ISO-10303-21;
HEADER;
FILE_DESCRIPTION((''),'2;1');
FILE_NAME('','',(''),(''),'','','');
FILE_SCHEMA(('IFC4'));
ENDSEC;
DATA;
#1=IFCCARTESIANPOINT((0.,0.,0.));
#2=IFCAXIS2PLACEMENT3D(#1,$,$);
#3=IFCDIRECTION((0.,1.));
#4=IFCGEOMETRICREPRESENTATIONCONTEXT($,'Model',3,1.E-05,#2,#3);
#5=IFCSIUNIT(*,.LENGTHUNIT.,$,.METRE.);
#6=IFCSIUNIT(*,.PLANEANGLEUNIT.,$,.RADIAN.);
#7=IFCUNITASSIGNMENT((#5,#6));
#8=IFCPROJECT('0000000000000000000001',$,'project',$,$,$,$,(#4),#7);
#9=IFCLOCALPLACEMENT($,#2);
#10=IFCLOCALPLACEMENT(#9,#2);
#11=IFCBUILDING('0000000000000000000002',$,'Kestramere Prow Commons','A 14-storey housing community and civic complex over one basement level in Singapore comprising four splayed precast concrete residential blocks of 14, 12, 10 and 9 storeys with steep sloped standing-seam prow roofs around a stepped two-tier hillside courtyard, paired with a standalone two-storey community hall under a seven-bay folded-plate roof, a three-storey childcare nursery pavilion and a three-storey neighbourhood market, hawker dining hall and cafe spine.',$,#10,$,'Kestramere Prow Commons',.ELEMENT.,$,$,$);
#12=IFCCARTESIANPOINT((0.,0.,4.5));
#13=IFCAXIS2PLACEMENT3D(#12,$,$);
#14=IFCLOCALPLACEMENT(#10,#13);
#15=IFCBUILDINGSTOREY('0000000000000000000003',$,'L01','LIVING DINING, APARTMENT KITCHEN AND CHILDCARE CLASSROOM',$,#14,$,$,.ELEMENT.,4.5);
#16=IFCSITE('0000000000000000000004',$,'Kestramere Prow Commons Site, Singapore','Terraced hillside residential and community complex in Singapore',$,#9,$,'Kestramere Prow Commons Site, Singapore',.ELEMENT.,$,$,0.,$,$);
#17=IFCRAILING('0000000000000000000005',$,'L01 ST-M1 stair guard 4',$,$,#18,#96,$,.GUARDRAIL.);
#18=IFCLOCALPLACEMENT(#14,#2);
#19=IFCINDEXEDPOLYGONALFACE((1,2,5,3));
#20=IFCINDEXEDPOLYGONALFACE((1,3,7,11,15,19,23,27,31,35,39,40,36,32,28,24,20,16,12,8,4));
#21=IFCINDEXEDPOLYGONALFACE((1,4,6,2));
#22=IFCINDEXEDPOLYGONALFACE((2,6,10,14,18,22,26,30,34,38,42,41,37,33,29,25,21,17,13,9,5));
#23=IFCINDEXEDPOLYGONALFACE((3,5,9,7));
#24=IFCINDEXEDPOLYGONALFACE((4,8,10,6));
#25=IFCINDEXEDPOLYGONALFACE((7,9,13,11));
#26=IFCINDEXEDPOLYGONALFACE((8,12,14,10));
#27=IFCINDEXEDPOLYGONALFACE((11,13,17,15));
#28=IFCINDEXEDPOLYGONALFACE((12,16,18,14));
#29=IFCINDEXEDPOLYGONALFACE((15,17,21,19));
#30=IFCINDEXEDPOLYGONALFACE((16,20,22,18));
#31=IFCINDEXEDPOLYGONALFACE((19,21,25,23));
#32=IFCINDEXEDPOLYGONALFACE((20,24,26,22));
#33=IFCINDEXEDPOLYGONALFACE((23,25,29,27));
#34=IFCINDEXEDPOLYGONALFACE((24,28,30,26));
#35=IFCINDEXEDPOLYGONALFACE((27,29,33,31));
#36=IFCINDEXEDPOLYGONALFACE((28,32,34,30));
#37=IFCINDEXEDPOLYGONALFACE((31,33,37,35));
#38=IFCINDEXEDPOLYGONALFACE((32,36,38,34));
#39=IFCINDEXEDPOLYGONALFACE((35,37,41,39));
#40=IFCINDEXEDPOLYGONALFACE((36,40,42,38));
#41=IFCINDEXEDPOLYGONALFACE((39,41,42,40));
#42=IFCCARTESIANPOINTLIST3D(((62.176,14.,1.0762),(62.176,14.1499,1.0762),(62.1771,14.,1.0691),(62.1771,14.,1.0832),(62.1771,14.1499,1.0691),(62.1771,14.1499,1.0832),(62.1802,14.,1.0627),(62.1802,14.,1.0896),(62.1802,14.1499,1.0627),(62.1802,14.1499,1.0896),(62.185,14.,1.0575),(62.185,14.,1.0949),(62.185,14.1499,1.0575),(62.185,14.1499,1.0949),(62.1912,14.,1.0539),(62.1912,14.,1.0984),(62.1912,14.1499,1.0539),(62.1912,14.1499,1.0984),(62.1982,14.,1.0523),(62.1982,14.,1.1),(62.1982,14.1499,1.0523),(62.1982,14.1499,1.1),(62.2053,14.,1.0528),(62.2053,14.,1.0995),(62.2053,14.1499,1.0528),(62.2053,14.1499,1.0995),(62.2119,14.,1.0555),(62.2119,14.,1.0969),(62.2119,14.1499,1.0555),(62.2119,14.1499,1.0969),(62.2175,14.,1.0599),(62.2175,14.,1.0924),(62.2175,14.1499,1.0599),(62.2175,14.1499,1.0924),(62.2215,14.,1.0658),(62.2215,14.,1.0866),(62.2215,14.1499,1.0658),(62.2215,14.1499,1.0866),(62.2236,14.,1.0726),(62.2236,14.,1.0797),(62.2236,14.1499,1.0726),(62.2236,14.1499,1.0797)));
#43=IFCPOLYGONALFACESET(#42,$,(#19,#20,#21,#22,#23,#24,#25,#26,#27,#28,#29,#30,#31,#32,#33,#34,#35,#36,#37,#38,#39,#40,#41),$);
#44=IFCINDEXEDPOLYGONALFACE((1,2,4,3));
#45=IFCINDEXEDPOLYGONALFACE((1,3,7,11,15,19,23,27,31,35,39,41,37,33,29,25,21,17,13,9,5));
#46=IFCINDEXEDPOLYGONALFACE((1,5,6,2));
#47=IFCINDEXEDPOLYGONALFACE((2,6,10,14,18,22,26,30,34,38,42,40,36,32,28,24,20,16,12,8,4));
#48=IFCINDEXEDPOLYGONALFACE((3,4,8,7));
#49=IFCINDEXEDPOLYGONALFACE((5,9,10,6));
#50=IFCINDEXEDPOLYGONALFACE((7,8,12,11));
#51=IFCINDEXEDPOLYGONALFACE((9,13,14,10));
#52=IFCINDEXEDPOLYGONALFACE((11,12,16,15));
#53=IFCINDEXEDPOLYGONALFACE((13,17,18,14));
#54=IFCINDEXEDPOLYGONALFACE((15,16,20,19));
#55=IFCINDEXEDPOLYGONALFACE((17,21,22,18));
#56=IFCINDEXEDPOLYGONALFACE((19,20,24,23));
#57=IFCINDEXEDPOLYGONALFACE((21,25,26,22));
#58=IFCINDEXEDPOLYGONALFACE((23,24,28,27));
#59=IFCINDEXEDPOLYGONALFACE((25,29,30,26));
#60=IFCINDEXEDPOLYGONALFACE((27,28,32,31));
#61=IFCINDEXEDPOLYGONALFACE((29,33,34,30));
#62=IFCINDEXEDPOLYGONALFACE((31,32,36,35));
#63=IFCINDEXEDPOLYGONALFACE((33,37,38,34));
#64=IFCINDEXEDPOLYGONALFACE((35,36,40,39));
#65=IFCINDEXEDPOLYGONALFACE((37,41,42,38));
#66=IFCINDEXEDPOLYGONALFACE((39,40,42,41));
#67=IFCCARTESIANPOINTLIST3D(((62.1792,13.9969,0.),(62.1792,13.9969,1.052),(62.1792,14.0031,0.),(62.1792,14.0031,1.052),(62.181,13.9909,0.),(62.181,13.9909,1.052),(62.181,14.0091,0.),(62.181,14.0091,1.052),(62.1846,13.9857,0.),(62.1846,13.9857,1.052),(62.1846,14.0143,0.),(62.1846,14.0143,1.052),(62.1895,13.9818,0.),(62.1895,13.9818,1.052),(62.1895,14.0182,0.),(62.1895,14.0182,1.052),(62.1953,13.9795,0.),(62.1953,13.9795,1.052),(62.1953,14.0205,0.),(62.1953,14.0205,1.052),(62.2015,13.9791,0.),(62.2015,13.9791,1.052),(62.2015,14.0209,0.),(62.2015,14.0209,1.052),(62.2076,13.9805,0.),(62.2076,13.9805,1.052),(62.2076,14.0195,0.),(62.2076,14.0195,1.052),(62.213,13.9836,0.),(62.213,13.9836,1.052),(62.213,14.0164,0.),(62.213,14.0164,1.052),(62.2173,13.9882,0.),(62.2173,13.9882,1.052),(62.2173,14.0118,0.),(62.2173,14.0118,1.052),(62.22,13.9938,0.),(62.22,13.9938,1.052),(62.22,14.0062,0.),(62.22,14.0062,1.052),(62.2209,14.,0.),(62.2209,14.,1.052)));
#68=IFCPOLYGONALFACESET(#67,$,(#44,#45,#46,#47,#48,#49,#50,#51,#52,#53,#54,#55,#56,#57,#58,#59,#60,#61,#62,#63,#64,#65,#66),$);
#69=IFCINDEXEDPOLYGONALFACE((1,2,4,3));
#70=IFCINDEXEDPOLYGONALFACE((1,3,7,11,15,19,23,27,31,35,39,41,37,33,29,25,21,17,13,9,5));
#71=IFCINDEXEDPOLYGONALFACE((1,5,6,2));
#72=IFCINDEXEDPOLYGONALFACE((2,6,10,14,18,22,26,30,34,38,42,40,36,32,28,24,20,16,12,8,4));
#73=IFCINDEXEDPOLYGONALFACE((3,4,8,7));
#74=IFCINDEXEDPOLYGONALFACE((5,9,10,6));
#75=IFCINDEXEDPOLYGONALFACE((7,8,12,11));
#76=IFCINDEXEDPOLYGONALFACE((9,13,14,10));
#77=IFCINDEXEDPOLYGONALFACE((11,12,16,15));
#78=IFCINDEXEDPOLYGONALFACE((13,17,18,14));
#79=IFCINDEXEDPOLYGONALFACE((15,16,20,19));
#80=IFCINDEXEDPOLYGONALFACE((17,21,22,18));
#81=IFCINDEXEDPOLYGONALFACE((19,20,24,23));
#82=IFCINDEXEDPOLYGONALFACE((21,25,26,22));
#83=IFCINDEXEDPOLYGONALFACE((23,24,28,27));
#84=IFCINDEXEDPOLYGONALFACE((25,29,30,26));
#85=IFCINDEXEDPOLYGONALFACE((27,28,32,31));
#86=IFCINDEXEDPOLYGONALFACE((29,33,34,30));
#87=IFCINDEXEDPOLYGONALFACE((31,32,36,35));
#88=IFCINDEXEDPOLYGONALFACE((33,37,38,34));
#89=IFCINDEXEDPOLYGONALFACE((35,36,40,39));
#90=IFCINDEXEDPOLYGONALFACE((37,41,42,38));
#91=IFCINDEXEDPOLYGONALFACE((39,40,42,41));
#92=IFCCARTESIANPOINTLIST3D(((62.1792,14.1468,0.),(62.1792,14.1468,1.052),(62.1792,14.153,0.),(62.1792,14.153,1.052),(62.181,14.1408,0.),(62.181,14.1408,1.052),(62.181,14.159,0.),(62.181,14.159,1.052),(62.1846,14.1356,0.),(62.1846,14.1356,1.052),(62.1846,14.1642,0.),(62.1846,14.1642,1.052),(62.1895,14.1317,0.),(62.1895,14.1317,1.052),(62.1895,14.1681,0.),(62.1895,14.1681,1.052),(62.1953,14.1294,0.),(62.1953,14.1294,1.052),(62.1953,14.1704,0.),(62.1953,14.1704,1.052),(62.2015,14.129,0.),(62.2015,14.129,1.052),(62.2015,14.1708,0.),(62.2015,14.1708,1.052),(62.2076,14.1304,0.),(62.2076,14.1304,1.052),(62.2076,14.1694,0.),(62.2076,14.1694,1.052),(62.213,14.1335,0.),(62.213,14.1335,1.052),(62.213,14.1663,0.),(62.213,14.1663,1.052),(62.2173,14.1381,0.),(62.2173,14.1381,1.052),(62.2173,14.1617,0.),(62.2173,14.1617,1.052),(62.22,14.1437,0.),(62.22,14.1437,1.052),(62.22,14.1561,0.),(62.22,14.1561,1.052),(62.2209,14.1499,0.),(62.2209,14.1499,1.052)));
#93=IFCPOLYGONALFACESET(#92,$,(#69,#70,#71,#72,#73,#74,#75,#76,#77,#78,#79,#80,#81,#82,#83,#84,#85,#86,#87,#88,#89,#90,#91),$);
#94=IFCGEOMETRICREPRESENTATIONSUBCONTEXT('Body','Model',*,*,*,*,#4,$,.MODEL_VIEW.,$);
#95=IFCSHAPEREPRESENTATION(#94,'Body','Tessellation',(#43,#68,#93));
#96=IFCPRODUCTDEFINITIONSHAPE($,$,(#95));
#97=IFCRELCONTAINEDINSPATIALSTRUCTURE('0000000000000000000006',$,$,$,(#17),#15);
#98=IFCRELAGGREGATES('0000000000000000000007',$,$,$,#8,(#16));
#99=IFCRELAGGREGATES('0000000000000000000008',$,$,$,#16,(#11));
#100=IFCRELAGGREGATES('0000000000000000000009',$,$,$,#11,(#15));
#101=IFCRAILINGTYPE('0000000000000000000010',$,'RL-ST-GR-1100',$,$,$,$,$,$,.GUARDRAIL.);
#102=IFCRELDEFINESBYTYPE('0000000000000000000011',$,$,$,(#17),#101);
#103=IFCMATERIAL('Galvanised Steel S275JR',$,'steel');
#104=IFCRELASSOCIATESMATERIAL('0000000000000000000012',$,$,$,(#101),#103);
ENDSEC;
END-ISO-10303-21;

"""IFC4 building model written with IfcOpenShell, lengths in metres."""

from ifc_helpers import new_model, si_unit, direction, frame, origin, origin_2d, place, context, subcontext, project, spatial, circle, extrude, material, type_object, element, save


model = new_model("IFC4")

# Units and contexts
model_context = context("Model", 3, precision=1e-05, world=origin(), true_north=direction((0.0, 1.0)))
body_context = subcontext(model_context, "Body", "Model", "MODEL_VIEW")
ifc_project = project(units=[si_unit("LENGTHUNIT", "METRE"), si_unit("PLANEANGLEUNIT", "RADIAN")], contexts=[model_context])

# Site, building, storey
site_placement = place(None, origin())
site = spatial("IfcSite", under=ifc_project, at=site_placement, Name="Kestramere Prow Commons Site, Singapore", Description="Terraced hillside residential and community complex in Singapore", LongName="Kestramere Prow Commons Site, Singapore", CompositionType="ELEMENT", RefElevation=0.0)
building_placement = place(site_placement, origin())
building = spatial("IfcBuilding", under=site, at=building_placement, Name="Kestramere Prow Commons", Description="A 14-storey housing community and civic complex over one basement level in Singapore comprising four splayed precast concrete residential blocks of 14, 12, 10 and 9 storeys with steep sloped standing-seam prow roofs around a stepped two-tier hillside courtyard, paired with a standalone two-storey community hall under a seven-bay folded-plate roof, a three-storey childcare nursery pavilion and a three-storey neighbourhood market, hawker dining hall and cafe spine.", LongName="Kestramere Prow Commons", CompositionType="ELEMENT")
storey_placement = place(building_placement, frame((0.0, 0.0, 4.5)))
storey = spatial("IfcBuildingStorey", under=building, at=storey_placement, Name="L01", Description="LIVING DINING, APARTMENT KITCHEN AND CHILDCARE CLASSROOM", CompositionType="ELEMENT", Elevation=4.5)

# Railing
ifc_material_1 = material(Name="Galvanised Steel S275JR", Category="steel")
railing_type_1 = type_object("IfcRailingType", Name="RL-ST-GR-1100", PredefinedType="GUARDRAIL", material=ifc_material_1)
railing_1_placement = place(storey_placement, frame((62.2, 14.0, 0.0)))
element("IfcRailing", 1, at=railing_1_placement, inside=storey, type_object=railing_type_1, Name="L01 ST-M1 stair guard 4", PredefinedType="GUARDRAIL", context=body_context, shape_type="SweptSolid", body=[
    extrude(circle(Radius=0.0239, at=origin_2d()), frame((0.0, 0.0, 1.0762), z_axis=(0.0, 1.0, 0.0), x_axis=(-1.0, 0.0, 0.0)), (0.0, 0.0, 1.0), 0.1499),
    extrude(circle(Radius=0.021, at=origin_2d()), origin(), (0.0, 0.0, 1.0), 1.052),
    extrude(circle(Radius=0.021, at=origin_2d()), frame((0.0, 0.1499, 0.0)), (0.0, 0.0, 1.0), 1.052),
])

save(model, "model.ifc")
